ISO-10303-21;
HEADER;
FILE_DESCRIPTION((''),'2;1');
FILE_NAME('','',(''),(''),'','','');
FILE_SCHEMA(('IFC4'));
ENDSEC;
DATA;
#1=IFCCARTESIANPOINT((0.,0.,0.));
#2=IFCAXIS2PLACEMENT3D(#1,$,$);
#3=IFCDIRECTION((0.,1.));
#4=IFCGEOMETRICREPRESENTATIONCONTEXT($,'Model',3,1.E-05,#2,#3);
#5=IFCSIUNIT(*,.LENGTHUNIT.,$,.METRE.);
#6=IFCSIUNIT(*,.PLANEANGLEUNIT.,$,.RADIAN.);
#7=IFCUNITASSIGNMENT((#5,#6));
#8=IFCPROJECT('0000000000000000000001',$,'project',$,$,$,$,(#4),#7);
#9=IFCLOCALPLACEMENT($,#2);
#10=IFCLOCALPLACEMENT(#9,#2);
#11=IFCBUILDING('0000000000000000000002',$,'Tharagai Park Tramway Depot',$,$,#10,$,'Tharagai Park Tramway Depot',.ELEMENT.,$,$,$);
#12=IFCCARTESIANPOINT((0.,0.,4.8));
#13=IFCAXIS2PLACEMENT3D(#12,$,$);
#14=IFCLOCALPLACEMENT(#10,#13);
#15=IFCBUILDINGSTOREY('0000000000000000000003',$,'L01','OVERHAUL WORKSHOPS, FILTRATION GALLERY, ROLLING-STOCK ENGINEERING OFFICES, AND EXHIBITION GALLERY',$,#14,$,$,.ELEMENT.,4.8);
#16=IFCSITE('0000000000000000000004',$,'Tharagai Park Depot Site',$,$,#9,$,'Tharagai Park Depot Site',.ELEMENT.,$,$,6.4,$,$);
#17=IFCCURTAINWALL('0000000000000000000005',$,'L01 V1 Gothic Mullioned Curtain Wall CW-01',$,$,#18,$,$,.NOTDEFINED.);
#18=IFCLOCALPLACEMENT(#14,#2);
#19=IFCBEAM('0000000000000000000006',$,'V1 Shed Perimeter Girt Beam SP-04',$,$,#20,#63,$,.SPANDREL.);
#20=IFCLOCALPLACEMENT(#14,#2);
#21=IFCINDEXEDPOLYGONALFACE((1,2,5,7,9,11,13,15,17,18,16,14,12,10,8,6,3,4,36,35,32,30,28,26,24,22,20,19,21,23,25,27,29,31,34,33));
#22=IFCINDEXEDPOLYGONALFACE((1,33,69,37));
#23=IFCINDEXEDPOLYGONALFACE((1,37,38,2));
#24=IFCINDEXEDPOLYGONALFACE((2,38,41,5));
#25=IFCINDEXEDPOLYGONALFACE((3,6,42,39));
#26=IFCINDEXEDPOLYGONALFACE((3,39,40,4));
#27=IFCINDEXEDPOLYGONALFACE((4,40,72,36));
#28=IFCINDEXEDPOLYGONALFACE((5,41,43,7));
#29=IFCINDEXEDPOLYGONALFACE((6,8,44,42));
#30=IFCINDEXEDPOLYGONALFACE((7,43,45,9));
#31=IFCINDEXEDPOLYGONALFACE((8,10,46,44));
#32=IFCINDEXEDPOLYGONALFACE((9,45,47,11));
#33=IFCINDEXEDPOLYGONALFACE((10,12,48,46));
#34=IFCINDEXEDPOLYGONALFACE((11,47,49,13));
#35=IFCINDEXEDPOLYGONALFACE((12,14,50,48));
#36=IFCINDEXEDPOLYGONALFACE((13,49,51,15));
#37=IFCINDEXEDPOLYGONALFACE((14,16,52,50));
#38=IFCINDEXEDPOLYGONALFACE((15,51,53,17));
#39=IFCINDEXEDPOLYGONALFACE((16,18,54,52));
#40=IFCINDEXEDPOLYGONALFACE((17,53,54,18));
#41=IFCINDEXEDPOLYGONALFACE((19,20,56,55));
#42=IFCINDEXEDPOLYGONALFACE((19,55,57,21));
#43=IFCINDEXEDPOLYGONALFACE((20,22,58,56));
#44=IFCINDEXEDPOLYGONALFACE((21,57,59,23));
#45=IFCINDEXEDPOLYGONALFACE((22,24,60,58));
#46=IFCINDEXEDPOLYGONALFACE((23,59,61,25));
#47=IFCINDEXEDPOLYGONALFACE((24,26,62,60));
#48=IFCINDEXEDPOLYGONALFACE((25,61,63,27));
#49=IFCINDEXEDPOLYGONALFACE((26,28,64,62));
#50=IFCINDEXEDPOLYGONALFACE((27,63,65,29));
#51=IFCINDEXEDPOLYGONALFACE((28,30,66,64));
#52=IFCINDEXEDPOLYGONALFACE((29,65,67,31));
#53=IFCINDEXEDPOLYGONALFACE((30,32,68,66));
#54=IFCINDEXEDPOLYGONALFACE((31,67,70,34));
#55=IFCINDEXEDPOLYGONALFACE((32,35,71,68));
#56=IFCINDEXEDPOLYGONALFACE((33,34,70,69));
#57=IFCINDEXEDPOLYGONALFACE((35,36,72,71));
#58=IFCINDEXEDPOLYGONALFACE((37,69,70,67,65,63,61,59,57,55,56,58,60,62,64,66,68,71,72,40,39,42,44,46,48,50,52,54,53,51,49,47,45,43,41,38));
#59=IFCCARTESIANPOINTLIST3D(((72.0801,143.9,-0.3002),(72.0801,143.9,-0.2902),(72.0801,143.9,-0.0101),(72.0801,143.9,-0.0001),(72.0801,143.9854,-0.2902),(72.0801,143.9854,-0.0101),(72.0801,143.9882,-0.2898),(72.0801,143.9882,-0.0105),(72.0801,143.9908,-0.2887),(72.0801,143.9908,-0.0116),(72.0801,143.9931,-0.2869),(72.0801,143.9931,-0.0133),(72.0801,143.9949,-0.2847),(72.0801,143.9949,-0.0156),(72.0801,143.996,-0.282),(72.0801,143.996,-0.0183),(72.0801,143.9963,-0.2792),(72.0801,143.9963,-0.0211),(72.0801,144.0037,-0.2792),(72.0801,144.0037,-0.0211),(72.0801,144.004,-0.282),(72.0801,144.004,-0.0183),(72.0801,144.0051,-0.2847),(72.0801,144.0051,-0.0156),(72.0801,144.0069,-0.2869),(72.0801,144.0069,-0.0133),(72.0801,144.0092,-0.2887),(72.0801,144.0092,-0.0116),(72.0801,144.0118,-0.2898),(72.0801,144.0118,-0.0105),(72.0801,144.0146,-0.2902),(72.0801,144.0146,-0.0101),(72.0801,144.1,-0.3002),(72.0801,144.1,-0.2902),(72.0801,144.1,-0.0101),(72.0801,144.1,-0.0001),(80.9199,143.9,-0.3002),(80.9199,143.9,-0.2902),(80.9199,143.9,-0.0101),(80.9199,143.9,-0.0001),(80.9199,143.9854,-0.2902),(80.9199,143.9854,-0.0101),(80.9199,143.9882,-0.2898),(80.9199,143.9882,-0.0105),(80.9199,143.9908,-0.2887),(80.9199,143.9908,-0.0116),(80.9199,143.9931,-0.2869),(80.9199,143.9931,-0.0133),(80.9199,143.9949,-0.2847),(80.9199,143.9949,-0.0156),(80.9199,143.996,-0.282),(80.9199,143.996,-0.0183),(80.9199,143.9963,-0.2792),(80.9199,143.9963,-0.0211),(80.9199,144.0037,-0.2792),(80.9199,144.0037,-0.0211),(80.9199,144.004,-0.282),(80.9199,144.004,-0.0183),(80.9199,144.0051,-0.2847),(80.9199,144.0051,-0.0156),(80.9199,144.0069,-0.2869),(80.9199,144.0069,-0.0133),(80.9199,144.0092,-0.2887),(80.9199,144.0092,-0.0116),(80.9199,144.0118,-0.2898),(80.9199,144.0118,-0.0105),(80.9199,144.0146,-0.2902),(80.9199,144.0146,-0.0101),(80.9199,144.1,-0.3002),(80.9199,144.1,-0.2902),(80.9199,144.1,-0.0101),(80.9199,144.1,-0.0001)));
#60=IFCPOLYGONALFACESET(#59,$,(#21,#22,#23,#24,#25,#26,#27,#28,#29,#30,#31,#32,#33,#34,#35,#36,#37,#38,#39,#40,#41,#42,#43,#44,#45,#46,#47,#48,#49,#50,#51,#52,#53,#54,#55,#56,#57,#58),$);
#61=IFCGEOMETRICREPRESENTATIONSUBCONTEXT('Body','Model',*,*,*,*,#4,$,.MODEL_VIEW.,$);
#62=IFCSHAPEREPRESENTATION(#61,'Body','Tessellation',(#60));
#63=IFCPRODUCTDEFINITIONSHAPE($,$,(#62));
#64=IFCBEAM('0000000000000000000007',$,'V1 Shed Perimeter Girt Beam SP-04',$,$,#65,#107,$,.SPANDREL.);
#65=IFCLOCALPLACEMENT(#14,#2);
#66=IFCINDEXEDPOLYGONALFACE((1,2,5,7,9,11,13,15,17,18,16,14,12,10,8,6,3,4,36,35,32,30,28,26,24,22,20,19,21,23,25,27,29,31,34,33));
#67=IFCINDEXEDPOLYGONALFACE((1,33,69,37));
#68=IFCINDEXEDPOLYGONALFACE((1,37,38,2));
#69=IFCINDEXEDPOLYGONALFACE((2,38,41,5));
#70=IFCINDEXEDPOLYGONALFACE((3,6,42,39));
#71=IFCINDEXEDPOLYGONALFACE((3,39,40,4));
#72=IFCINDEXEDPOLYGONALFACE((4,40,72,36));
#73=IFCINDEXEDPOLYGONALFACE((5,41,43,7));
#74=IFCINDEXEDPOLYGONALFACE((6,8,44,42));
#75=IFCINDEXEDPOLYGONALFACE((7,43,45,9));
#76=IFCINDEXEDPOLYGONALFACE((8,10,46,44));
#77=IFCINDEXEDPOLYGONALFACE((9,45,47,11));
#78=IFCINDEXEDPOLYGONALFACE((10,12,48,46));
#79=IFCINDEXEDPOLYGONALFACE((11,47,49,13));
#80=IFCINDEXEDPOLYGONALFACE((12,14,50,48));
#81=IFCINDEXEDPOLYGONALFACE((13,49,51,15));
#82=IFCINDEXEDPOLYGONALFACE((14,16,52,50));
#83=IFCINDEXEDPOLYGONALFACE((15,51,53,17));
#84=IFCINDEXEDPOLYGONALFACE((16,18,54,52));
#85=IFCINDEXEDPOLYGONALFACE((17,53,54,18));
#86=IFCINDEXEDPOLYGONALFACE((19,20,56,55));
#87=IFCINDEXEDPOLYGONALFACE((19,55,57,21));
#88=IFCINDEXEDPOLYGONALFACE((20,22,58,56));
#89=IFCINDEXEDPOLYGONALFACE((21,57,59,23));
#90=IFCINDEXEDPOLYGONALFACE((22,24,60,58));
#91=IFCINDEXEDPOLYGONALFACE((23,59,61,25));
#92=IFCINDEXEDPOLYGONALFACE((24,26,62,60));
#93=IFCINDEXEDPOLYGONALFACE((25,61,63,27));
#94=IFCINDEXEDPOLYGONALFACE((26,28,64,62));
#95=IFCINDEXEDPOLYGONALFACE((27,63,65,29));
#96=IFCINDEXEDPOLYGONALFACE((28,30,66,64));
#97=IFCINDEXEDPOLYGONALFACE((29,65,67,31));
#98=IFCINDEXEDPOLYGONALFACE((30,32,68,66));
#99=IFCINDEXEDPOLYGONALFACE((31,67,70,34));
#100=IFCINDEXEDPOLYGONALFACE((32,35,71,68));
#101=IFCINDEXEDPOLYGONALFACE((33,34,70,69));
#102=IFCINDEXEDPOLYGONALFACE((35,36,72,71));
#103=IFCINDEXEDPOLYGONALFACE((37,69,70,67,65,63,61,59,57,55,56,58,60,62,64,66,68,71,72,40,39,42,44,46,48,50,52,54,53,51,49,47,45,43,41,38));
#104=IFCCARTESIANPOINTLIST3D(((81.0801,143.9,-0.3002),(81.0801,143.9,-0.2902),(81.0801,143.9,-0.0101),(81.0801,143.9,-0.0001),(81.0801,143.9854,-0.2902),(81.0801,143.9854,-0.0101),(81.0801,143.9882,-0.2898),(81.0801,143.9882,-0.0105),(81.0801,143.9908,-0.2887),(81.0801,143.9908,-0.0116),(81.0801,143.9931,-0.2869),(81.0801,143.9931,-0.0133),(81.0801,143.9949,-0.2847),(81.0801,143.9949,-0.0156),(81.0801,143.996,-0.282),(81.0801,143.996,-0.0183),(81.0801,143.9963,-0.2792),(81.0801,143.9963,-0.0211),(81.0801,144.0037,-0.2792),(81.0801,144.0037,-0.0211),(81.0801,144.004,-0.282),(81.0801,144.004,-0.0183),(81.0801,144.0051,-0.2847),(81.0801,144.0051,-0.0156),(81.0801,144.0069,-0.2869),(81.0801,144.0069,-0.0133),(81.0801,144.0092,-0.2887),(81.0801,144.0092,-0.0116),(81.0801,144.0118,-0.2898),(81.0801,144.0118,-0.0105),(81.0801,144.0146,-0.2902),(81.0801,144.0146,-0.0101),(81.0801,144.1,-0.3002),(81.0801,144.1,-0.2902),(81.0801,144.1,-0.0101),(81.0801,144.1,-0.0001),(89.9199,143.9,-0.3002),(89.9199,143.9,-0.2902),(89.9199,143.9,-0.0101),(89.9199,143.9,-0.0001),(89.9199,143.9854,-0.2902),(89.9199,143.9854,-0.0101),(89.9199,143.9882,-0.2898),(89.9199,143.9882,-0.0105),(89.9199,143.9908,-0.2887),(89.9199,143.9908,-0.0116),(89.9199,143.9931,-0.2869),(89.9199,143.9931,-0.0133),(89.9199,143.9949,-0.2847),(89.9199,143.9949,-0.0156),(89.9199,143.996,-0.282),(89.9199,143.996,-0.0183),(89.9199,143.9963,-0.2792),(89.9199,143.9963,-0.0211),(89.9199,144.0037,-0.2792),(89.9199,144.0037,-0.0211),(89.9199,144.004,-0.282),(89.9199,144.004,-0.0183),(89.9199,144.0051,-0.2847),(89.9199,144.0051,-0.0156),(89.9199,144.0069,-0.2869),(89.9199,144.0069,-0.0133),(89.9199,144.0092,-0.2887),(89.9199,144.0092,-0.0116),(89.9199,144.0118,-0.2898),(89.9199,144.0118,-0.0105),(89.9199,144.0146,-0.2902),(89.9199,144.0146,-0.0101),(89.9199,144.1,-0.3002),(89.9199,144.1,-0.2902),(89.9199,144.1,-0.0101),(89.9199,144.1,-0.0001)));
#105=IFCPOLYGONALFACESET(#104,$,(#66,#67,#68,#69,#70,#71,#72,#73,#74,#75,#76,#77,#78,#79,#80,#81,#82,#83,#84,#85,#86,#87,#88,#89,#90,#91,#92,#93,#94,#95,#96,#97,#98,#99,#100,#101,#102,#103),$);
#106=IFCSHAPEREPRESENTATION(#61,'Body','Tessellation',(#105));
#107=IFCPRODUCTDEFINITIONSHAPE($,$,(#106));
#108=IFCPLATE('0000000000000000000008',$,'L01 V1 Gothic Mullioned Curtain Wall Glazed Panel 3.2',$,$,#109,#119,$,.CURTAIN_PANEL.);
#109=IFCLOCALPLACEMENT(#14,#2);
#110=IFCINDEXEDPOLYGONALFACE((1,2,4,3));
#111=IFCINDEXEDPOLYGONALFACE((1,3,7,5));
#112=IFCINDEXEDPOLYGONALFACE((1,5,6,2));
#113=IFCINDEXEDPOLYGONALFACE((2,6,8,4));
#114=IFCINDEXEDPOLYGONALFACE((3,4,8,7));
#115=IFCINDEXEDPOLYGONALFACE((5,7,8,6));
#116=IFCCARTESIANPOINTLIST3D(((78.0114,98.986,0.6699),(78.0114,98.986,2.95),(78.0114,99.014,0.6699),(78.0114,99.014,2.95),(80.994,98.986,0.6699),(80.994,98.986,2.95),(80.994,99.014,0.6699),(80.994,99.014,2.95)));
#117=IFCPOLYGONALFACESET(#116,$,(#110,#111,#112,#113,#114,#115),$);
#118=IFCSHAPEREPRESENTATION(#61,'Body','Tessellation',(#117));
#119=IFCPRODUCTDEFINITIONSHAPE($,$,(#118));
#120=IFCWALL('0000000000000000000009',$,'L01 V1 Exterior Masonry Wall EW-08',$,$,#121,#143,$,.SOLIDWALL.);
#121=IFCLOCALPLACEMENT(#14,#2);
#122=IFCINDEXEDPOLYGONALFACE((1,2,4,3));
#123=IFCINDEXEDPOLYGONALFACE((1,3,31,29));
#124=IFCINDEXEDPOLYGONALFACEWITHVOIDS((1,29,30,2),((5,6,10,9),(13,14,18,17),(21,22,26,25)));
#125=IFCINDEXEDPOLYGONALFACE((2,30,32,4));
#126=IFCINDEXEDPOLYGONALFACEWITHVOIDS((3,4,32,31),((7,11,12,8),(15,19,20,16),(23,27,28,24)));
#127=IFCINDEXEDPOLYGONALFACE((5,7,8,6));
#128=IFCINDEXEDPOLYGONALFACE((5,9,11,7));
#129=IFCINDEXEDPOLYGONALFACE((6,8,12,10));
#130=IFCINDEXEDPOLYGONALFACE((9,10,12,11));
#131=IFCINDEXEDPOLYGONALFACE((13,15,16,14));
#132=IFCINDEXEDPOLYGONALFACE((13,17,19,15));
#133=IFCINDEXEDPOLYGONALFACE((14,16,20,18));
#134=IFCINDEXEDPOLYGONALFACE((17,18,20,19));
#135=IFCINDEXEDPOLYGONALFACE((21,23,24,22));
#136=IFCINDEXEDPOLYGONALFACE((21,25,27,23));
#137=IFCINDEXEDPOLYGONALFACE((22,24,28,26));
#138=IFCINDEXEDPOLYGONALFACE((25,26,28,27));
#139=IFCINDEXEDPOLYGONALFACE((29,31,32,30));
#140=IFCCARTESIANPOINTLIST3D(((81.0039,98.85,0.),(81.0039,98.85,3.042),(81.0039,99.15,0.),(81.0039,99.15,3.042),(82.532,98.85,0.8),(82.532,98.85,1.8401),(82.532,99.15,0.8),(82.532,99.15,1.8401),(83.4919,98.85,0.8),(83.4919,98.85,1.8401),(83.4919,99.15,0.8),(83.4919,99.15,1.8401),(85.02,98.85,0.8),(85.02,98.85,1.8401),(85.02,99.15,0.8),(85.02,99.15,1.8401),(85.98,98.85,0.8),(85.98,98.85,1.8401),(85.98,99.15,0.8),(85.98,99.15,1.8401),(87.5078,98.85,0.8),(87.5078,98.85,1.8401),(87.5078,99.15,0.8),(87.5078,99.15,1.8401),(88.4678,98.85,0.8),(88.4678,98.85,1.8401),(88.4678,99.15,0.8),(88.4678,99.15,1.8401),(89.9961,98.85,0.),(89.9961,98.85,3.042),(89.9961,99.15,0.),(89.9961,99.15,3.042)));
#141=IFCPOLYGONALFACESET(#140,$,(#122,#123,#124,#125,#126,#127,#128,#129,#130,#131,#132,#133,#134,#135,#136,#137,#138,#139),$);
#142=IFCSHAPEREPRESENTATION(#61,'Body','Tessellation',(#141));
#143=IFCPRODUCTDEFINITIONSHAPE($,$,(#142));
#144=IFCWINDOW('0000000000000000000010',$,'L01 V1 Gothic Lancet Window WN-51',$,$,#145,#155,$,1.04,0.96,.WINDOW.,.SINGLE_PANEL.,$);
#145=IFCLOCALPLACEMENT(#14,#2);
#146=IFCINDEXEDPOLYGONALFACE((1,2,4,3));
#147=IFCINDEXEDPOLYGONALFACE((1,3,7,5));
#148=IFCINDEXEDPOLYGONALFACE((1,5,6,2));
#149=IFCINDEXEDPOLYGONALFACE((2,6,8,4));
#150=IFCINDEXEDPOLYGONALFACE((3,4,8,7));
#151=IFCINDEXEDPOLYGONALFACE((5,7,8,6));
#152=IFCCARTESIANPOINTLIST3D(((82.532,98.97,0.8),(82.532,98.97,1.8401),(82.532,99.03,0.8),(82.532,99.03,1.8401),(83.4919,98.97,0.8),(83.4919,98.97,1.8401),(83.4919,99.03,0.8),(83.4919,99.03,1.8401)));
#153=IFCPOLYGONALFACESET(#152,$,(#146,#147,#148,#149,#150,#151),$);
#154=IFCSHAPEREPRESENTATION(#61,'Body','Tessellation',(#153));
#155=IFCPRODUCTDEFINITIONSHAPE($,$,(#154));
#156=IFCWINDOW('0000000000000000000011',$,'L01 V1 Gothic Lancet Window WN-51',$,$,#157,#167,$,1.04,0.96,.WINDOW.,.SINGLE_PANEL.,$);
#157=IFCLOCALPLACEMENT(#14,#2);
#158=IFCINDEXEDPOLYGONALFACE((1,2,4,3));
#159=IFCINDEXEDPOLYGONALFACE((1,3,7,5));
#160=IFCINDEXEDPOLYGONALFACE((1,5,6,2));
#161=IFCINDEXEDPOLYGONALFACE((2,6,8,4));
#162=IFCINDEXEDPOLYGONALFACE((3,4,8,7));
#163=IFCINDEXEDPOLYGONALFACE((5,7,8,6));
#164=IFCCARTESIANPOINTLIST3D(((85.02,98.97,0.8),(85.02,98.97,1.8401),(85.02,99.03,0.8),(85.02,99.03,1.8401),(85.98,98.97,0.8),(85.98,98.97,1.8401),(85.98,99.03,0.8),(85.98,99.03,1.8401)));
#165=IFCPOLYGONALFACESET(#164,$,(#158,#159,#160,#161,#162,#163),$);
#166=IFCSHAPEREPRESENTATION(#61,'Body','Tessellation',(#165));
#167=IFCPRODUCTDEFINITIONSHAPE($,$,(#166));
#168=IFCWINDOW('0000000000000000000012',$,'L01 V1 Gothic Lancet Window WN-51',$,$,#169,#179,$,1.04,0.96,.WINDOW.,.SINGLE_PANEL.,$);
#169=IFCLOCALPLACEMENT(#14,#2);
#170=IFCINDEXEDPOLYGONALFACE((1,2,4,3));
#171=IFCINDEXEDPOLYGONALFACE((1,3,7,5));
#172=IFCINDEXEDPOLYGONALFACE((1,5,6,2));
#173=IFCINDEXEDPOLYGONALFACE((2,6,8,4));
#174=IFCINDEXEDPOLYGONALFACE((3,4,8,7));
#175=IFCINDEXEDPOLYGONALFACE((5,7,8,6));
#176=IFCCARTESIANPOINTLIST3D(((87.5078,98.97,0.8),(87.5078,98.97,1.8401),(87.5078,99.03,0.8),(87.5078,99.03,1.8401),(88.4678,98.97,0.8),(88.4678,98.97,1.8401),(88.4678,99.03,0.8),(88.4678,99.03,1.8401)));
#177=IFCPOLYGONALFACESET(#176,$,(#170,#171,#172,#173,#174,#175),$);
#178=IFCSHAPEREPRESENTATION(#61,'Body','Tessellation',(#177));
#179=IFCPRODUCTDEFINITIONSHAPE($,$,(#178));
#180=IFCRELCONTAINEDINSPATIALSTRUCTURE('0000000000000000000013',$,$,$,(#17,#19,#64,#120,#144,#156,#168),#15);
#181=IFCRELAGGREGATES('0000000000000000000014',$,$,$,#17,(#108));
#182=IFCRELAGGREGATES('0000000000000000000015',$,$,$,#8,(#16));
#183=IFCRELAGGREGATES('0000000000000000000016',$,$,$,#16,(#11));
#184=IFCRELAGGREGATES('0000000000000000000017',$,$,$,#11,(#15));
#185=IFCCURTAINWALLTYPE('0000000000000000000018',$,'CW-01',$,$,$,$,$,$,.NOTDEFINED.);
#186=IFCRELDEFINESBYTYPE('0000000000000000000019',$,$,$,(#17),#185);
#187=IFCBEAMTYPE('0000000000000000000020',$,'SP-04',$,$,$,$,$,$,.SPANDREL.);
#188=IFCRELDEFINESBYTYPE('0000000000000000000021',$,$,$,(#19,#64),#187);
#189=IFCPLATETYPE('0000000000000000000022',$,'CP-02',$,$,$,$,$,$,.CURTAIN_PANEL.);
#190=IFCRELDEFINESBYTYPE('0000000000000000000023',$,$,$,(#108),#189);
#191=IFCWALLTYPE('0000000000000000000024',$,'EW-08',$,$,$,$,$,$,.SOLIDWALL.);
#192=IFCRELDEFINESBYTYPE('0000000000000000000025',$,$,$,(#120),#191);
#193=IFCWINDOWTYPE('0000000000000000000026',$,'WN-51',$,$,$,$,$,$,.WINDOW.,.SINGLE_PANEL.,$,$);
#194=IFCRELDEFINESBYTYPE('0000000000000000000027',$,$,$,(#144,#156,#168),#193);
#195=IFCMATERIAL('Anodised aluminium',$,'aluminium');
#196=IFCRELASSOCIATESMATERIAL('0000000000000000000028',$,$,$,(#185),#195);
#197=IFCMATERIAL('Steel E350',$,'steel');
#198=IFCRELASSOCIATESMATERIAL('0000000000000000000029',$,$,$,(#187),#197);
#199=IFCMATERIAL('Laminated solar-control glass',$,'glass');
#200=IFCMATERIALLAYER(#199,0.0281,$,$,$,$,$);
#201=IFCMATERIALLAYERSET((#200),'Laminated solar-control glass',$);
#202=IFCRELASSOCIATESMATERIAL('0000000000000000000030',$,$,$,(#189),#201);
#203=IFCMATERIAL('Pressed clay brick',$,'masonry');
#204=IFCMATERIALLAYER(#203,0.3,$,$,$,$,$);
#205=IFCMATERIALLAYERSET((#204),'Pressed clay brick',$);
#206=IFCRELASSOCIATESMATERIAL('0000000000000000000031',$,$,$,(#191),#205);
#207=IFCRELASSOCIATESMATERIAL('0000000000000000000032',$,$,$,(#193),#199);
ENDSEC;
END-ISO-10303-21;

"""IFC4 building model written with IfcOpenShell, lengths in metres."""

from ifc_helpers import new_model, si_unit, direction, frame, frame_2d, origin, origin_2d, place, context, subcontext, project, spatial, rectangle, i_section, extrude, material, layer, layer_set, material_profile, profile_set, type_object, element, fill, aggregate, save


model = new_model("IFC4")

# Units and contexts
model_context = context("Model", 3, precision=1e-05, world=origin(), true_north=direction((0.0, 1.0)))
body_context = subcontext(model_context, "Body", "Model", "MODEL_VIEW")
ifc_project = project(units=[si_unit("LENGTHUNIT", "METRE"), si_unit("PLANEANGLEUNIT", "RADIAN")], contexts=[model_context])

# Site, building, storey
site_placement = place(None, origin())
site = spatial("IfcSite", under=ifc_project, at=site_placement, Name="Tharagai Park Depot Site", LongName="Tharagai Park Depot Site", CompositionType="ELEMENT", RefElevation=6.4)
building_placement = place(site_placement, origin())
building = spatial("IfcBuilding", under=site, at=building_placement, Name="Tharagai Park Tramway Depot", LongName="Tharagai Park Tramway Depot", CompositionType="ELEMENT")
storey_placement = place(building_placement, frame((0.0, 0.0, 4.8)))
storey = spatial("IfcBuildingStorey", under=building, at=storey_placement, Name="L01", Description="OVERHAUL WORKSHOPS, FILTRATION GALLERY, ROLLING-STOCK ENGINEERING OFFICES, AND EXHIBITION GALLERY", CompositionType="ELEMENT", Elevation=4.8)

# Shared definitions
ifc_material_1 = material(Name="Steel E350", Category="steel")

# Curtain wall
ifc_material_2 = material(Name="Anodised aluminium", Category="aluminium")
curtain_wall_type = type_object("IfcCurtainWallType", Name="CW-01", PredefinedType="NOTDEFINED", material=ifc_material_2)
curtain_wall_1_placement = place(storey_placement, origin())
curtain_wall_1 = element("IfcCurtainWall", 1, at=curtain_wall_1_placement, inside=storey, type_object=curtain_wall_type, Name="L01 V1 Gothic Mullioned Curtain Wall CW-01", PredefinedType="NOTDEFINED")

# Beams
ifc_material_profile_1 = material_profile(ifc_material_1, i_section(OverallWidth=0.2, OverallDepth=0.3, WebThickness=0.0073, FlangeThickness=0.01, FilletRadius=0.011, at=origin_2d()), Name="ISWB 300")
ifc_profile_set_1 = profile_set([ifc_material_profile_1], Name="Steel E350")
beam_type_1 = type_object("IfcBeamType", Name="SP-04", PredefinedType="SPANDREL", material=ifc_profile_set_1)
for number, where, z_axis, x_axis, name in (
    (2, (72.0801, 144.0, -0.1501), (1.0, 0.0, 0.0), (0.0, 1.0, 0.0), "V1 Shed Perimeter Girt Beam SP-04"),
    (3, (81.0801, 144.0, -0.1501), (1.0, 0.0, 0.0), (0.0, 1.0, 0.0), "V1 Shed Perimeter Girt Beam SP-04"),
):
    element("IfcBeam", number, at=place(storey_placement, frame(where, z_axis=z_axis, x_axis=x_axis)), inside=storey, type_object=beam_type_1, Name=name, PredefinedType="SPANDREL", context=body_context, shape_type="SweptSolid", body=[
        extrude(i_section(OverallWidth=0.2, OverallDepth=0.3, WebThickness=0.0073, FlangeThickness=0.01, FilletRadius=0.011, at=origin_2d()), origin(), (0.0, 0.0, 1.0), 8.8398),
    ])

# Plate
ifc_material_3 = material(Name="Laminated solar-control glass", Category="glass")
ifc_layer_1 = layer(ifc_material_3, 0.0281)
ifc_layer_set_1 = layer_set([ifc_layer_1], Name="Laminated solar-control glass")
plate_type = type_object("IfcPlateType", Name="CP-02", PredefinedType="CURTAIN_PANEL", material=ifc_layer_set_1)
plate_placement = place(storey_placement, frame((79.5027, 99.0, 0.6699), z_axis=(0.0, 0.0, 1.0), x_axis=(1.0, 0.0, 0.0)))
plate = element("IfcPlate", 4, at=plate_placement, type_object=plate_type, Name="L01 V1 Gothic Mullioned Curtain Wall Glazed Panel 3.2", PredefinedType="CURTAIN_PANEL", context=body_context, shape_type="SweptSolid", body=[
    extrude(rectangle(XDim=2.9827, YDim=0.0281, at=origin_2d()), origin(), (0.0, 0.0, 1.0), 2.28),
])
aggregate(curtain_wall_1, [plate])

# Wall, openings, windows
ifc_material_4 = material(Name="Pressed clay brick", Category="masonry")
ifc_layer_2 = layer(ifc_material_4, 0.3)
ifc_layer_set_2 = layer_set([ifc_layer_2], Name="Pressed clay brick")
wall_type = type_object("IfcWallType", Name="EW-08", PredefinedType="SOLIDWALL", material=ifc_layer_set_2)
wall_1_placement = place(storey_placement, frame((81.0039, 99.0, 0.0), z_axis=(0.0, 0.0, 1.0), x_axis=(1.0, 0.0, 0.0)))
wall_1 = element("IfcWall", 5, at=wall_1_placement, inside=storey, type_object=wall_type, Name="L01 V1 Exterior Masonry Wall EW-08", PredefinedType="SOLIDWALL", context=body_context, shape_type="SweptSolid", body=[
    extrude(rectangle(XDim=8.9922, YDim=0.3, at=frame_2d((4.4961, 0.0))), origin(), (0.0, 0.0, 1.0), 3.042),
])
opening_1_placement = place(wall_1_placement, frame((1.5281, 0.0, 0.8)))
opening_1 = element("IfcOpeningElement", 6, at=opening_1_placement, cuts=wall_1, PredefinedType="OPENING", context=body_context, shape_type="SweptSolid", body=[
    extrude(rectangle(XDim=0.96, YDim=1.04, at=frame_2d((0.48, 0.52))), frame((0.0, 0.1599, 0.0), z_axis=(0.0, -1.0, 0.0), x_axis=(1.0, 0.0, 0.0)), (0.0, 0.0, 1.0), 0.3201),
])
opening_2_placement = place(wall_1_placement, frame((4.0161, 0.0, 0.8)))
opening_2 = element("IfcOpeningElement", 7, at=opening_2_placement, cuts=wall_1, PredefinedType="OPENING", context=body_context, shape_type="SweptSolid", body=[
    extrude(rectangle(XDim=0.96, YDim=1.04, at=frame_2d((0.48, 0.52))), frame((0.0, 0.1599, 0.0), z_axis=(0.0, -1.0, 0.0), x_axis=(1.0, 0.0, 0.0)), (0.0, 0.0, 1.0), 0.3201),
])
opening_3_placement = place(wall_1_placement, frame((6.5039, 0.0, 0.8)))
opening_3 = element("IfcOpeningElement", 8, at=opening_3_placement, cuts=wall_1, PredefinedType="OPENING", context=body_context, shape_type="SweptSolid", body=[
    extrude(rectangle(XDim=0.96, YDim=1.04, at=frame_2d((0.48, 0.52))), frame((0.0, 0.1599, 0.0), z_axis=(0.0, -1.0, 0.0), x_axis=(1.0, 0.0, 0.0)), (0.0, 0.0, 1.0), 0.3201),
])
window_type_1 = type_object("IfcWindowType", Name="WN-51", PartitioningType="SINGLE_PANEL", PredefinedType="WINDOW", material=ifc_material_3)
window_1_placement = place(opening_1_placement, origin())
window_1 = element("IfcWindow", 9, at=window_1_placement, inside=storey, type_object=window_type_1, Name="L01 V1 Gothic Lancet Window WN-51", OverallHeight=1.04, OverallWidth=0.96, PartitioningType="SINGLE_PANEL", PredefinedType="WINDOW", context=body_context, shape_type="SweptSolid", body=[
    extrude(rectangle(XDim=0.96, YDim=1.04, at=frame_2d((0.48, 0.52))), frame((0.0, 0.03, 0.0), z_axis=(0.0, -1.0, 0.0), x_axis=(1.0, 0.0, 0.0)), (0.0, 0.0, 1.0), 0.0601),
])
fill(opening_1, window_1)
window_2_placement = place(opening_2_placement, origin())
window_2 = element("IfcWindow", 10, at=window_2_placement, inside=storey, type_object=window_type_1, Name="L01 V1 Gothic Lancet Window WN-51", OverallHeight=1.04, OverallWidth=0.96, PartitioningType="SINGLE_PANEL", PredefinedType="WINDOW", context=body_context, shape_type="SweptSolid", body=[
    extrude(rectangle(XDim=0.96, YDim=1.04, at=frame_2d((0.48, 0.52))), frame((0.0, 0.03, 0.0), z_axis=(0.0, -1.0, 0.0), x_axis=(1.0, 0.0, 0.0)), (0.0, 0.0, 1.0), 0.0601),
])
fill(opening_2, window_2)
window_3_placement = place(opening_3_placement, origin())
window_3 = element("IfcWindow", 11, at=window_3_placement, inside=storey, type_object=window_type_1, Name="L01 V1 Gothic Lancet Window WN-51", OverallHeight=1.04, OverallWidth=0.96, PartitioningType="SINGLE_PANEL", PredefinedType="WINDOW", context=body_context, shape_type="SweptSolid", body=[
    extrude(rectangle(XDim=0.96, YDim=1.04, at=frame_2d((0.48, 0.52))), frame((0.0, 0.03, 0.0), z_axis=(0.0, -1.0, 0.0), x_axis=(1.0, 0.0, 0.0)), (0.0, 0.0, 1.0), 0.0601),
])
fill(opening_3, window_3)

save(model, "model.ifc")
